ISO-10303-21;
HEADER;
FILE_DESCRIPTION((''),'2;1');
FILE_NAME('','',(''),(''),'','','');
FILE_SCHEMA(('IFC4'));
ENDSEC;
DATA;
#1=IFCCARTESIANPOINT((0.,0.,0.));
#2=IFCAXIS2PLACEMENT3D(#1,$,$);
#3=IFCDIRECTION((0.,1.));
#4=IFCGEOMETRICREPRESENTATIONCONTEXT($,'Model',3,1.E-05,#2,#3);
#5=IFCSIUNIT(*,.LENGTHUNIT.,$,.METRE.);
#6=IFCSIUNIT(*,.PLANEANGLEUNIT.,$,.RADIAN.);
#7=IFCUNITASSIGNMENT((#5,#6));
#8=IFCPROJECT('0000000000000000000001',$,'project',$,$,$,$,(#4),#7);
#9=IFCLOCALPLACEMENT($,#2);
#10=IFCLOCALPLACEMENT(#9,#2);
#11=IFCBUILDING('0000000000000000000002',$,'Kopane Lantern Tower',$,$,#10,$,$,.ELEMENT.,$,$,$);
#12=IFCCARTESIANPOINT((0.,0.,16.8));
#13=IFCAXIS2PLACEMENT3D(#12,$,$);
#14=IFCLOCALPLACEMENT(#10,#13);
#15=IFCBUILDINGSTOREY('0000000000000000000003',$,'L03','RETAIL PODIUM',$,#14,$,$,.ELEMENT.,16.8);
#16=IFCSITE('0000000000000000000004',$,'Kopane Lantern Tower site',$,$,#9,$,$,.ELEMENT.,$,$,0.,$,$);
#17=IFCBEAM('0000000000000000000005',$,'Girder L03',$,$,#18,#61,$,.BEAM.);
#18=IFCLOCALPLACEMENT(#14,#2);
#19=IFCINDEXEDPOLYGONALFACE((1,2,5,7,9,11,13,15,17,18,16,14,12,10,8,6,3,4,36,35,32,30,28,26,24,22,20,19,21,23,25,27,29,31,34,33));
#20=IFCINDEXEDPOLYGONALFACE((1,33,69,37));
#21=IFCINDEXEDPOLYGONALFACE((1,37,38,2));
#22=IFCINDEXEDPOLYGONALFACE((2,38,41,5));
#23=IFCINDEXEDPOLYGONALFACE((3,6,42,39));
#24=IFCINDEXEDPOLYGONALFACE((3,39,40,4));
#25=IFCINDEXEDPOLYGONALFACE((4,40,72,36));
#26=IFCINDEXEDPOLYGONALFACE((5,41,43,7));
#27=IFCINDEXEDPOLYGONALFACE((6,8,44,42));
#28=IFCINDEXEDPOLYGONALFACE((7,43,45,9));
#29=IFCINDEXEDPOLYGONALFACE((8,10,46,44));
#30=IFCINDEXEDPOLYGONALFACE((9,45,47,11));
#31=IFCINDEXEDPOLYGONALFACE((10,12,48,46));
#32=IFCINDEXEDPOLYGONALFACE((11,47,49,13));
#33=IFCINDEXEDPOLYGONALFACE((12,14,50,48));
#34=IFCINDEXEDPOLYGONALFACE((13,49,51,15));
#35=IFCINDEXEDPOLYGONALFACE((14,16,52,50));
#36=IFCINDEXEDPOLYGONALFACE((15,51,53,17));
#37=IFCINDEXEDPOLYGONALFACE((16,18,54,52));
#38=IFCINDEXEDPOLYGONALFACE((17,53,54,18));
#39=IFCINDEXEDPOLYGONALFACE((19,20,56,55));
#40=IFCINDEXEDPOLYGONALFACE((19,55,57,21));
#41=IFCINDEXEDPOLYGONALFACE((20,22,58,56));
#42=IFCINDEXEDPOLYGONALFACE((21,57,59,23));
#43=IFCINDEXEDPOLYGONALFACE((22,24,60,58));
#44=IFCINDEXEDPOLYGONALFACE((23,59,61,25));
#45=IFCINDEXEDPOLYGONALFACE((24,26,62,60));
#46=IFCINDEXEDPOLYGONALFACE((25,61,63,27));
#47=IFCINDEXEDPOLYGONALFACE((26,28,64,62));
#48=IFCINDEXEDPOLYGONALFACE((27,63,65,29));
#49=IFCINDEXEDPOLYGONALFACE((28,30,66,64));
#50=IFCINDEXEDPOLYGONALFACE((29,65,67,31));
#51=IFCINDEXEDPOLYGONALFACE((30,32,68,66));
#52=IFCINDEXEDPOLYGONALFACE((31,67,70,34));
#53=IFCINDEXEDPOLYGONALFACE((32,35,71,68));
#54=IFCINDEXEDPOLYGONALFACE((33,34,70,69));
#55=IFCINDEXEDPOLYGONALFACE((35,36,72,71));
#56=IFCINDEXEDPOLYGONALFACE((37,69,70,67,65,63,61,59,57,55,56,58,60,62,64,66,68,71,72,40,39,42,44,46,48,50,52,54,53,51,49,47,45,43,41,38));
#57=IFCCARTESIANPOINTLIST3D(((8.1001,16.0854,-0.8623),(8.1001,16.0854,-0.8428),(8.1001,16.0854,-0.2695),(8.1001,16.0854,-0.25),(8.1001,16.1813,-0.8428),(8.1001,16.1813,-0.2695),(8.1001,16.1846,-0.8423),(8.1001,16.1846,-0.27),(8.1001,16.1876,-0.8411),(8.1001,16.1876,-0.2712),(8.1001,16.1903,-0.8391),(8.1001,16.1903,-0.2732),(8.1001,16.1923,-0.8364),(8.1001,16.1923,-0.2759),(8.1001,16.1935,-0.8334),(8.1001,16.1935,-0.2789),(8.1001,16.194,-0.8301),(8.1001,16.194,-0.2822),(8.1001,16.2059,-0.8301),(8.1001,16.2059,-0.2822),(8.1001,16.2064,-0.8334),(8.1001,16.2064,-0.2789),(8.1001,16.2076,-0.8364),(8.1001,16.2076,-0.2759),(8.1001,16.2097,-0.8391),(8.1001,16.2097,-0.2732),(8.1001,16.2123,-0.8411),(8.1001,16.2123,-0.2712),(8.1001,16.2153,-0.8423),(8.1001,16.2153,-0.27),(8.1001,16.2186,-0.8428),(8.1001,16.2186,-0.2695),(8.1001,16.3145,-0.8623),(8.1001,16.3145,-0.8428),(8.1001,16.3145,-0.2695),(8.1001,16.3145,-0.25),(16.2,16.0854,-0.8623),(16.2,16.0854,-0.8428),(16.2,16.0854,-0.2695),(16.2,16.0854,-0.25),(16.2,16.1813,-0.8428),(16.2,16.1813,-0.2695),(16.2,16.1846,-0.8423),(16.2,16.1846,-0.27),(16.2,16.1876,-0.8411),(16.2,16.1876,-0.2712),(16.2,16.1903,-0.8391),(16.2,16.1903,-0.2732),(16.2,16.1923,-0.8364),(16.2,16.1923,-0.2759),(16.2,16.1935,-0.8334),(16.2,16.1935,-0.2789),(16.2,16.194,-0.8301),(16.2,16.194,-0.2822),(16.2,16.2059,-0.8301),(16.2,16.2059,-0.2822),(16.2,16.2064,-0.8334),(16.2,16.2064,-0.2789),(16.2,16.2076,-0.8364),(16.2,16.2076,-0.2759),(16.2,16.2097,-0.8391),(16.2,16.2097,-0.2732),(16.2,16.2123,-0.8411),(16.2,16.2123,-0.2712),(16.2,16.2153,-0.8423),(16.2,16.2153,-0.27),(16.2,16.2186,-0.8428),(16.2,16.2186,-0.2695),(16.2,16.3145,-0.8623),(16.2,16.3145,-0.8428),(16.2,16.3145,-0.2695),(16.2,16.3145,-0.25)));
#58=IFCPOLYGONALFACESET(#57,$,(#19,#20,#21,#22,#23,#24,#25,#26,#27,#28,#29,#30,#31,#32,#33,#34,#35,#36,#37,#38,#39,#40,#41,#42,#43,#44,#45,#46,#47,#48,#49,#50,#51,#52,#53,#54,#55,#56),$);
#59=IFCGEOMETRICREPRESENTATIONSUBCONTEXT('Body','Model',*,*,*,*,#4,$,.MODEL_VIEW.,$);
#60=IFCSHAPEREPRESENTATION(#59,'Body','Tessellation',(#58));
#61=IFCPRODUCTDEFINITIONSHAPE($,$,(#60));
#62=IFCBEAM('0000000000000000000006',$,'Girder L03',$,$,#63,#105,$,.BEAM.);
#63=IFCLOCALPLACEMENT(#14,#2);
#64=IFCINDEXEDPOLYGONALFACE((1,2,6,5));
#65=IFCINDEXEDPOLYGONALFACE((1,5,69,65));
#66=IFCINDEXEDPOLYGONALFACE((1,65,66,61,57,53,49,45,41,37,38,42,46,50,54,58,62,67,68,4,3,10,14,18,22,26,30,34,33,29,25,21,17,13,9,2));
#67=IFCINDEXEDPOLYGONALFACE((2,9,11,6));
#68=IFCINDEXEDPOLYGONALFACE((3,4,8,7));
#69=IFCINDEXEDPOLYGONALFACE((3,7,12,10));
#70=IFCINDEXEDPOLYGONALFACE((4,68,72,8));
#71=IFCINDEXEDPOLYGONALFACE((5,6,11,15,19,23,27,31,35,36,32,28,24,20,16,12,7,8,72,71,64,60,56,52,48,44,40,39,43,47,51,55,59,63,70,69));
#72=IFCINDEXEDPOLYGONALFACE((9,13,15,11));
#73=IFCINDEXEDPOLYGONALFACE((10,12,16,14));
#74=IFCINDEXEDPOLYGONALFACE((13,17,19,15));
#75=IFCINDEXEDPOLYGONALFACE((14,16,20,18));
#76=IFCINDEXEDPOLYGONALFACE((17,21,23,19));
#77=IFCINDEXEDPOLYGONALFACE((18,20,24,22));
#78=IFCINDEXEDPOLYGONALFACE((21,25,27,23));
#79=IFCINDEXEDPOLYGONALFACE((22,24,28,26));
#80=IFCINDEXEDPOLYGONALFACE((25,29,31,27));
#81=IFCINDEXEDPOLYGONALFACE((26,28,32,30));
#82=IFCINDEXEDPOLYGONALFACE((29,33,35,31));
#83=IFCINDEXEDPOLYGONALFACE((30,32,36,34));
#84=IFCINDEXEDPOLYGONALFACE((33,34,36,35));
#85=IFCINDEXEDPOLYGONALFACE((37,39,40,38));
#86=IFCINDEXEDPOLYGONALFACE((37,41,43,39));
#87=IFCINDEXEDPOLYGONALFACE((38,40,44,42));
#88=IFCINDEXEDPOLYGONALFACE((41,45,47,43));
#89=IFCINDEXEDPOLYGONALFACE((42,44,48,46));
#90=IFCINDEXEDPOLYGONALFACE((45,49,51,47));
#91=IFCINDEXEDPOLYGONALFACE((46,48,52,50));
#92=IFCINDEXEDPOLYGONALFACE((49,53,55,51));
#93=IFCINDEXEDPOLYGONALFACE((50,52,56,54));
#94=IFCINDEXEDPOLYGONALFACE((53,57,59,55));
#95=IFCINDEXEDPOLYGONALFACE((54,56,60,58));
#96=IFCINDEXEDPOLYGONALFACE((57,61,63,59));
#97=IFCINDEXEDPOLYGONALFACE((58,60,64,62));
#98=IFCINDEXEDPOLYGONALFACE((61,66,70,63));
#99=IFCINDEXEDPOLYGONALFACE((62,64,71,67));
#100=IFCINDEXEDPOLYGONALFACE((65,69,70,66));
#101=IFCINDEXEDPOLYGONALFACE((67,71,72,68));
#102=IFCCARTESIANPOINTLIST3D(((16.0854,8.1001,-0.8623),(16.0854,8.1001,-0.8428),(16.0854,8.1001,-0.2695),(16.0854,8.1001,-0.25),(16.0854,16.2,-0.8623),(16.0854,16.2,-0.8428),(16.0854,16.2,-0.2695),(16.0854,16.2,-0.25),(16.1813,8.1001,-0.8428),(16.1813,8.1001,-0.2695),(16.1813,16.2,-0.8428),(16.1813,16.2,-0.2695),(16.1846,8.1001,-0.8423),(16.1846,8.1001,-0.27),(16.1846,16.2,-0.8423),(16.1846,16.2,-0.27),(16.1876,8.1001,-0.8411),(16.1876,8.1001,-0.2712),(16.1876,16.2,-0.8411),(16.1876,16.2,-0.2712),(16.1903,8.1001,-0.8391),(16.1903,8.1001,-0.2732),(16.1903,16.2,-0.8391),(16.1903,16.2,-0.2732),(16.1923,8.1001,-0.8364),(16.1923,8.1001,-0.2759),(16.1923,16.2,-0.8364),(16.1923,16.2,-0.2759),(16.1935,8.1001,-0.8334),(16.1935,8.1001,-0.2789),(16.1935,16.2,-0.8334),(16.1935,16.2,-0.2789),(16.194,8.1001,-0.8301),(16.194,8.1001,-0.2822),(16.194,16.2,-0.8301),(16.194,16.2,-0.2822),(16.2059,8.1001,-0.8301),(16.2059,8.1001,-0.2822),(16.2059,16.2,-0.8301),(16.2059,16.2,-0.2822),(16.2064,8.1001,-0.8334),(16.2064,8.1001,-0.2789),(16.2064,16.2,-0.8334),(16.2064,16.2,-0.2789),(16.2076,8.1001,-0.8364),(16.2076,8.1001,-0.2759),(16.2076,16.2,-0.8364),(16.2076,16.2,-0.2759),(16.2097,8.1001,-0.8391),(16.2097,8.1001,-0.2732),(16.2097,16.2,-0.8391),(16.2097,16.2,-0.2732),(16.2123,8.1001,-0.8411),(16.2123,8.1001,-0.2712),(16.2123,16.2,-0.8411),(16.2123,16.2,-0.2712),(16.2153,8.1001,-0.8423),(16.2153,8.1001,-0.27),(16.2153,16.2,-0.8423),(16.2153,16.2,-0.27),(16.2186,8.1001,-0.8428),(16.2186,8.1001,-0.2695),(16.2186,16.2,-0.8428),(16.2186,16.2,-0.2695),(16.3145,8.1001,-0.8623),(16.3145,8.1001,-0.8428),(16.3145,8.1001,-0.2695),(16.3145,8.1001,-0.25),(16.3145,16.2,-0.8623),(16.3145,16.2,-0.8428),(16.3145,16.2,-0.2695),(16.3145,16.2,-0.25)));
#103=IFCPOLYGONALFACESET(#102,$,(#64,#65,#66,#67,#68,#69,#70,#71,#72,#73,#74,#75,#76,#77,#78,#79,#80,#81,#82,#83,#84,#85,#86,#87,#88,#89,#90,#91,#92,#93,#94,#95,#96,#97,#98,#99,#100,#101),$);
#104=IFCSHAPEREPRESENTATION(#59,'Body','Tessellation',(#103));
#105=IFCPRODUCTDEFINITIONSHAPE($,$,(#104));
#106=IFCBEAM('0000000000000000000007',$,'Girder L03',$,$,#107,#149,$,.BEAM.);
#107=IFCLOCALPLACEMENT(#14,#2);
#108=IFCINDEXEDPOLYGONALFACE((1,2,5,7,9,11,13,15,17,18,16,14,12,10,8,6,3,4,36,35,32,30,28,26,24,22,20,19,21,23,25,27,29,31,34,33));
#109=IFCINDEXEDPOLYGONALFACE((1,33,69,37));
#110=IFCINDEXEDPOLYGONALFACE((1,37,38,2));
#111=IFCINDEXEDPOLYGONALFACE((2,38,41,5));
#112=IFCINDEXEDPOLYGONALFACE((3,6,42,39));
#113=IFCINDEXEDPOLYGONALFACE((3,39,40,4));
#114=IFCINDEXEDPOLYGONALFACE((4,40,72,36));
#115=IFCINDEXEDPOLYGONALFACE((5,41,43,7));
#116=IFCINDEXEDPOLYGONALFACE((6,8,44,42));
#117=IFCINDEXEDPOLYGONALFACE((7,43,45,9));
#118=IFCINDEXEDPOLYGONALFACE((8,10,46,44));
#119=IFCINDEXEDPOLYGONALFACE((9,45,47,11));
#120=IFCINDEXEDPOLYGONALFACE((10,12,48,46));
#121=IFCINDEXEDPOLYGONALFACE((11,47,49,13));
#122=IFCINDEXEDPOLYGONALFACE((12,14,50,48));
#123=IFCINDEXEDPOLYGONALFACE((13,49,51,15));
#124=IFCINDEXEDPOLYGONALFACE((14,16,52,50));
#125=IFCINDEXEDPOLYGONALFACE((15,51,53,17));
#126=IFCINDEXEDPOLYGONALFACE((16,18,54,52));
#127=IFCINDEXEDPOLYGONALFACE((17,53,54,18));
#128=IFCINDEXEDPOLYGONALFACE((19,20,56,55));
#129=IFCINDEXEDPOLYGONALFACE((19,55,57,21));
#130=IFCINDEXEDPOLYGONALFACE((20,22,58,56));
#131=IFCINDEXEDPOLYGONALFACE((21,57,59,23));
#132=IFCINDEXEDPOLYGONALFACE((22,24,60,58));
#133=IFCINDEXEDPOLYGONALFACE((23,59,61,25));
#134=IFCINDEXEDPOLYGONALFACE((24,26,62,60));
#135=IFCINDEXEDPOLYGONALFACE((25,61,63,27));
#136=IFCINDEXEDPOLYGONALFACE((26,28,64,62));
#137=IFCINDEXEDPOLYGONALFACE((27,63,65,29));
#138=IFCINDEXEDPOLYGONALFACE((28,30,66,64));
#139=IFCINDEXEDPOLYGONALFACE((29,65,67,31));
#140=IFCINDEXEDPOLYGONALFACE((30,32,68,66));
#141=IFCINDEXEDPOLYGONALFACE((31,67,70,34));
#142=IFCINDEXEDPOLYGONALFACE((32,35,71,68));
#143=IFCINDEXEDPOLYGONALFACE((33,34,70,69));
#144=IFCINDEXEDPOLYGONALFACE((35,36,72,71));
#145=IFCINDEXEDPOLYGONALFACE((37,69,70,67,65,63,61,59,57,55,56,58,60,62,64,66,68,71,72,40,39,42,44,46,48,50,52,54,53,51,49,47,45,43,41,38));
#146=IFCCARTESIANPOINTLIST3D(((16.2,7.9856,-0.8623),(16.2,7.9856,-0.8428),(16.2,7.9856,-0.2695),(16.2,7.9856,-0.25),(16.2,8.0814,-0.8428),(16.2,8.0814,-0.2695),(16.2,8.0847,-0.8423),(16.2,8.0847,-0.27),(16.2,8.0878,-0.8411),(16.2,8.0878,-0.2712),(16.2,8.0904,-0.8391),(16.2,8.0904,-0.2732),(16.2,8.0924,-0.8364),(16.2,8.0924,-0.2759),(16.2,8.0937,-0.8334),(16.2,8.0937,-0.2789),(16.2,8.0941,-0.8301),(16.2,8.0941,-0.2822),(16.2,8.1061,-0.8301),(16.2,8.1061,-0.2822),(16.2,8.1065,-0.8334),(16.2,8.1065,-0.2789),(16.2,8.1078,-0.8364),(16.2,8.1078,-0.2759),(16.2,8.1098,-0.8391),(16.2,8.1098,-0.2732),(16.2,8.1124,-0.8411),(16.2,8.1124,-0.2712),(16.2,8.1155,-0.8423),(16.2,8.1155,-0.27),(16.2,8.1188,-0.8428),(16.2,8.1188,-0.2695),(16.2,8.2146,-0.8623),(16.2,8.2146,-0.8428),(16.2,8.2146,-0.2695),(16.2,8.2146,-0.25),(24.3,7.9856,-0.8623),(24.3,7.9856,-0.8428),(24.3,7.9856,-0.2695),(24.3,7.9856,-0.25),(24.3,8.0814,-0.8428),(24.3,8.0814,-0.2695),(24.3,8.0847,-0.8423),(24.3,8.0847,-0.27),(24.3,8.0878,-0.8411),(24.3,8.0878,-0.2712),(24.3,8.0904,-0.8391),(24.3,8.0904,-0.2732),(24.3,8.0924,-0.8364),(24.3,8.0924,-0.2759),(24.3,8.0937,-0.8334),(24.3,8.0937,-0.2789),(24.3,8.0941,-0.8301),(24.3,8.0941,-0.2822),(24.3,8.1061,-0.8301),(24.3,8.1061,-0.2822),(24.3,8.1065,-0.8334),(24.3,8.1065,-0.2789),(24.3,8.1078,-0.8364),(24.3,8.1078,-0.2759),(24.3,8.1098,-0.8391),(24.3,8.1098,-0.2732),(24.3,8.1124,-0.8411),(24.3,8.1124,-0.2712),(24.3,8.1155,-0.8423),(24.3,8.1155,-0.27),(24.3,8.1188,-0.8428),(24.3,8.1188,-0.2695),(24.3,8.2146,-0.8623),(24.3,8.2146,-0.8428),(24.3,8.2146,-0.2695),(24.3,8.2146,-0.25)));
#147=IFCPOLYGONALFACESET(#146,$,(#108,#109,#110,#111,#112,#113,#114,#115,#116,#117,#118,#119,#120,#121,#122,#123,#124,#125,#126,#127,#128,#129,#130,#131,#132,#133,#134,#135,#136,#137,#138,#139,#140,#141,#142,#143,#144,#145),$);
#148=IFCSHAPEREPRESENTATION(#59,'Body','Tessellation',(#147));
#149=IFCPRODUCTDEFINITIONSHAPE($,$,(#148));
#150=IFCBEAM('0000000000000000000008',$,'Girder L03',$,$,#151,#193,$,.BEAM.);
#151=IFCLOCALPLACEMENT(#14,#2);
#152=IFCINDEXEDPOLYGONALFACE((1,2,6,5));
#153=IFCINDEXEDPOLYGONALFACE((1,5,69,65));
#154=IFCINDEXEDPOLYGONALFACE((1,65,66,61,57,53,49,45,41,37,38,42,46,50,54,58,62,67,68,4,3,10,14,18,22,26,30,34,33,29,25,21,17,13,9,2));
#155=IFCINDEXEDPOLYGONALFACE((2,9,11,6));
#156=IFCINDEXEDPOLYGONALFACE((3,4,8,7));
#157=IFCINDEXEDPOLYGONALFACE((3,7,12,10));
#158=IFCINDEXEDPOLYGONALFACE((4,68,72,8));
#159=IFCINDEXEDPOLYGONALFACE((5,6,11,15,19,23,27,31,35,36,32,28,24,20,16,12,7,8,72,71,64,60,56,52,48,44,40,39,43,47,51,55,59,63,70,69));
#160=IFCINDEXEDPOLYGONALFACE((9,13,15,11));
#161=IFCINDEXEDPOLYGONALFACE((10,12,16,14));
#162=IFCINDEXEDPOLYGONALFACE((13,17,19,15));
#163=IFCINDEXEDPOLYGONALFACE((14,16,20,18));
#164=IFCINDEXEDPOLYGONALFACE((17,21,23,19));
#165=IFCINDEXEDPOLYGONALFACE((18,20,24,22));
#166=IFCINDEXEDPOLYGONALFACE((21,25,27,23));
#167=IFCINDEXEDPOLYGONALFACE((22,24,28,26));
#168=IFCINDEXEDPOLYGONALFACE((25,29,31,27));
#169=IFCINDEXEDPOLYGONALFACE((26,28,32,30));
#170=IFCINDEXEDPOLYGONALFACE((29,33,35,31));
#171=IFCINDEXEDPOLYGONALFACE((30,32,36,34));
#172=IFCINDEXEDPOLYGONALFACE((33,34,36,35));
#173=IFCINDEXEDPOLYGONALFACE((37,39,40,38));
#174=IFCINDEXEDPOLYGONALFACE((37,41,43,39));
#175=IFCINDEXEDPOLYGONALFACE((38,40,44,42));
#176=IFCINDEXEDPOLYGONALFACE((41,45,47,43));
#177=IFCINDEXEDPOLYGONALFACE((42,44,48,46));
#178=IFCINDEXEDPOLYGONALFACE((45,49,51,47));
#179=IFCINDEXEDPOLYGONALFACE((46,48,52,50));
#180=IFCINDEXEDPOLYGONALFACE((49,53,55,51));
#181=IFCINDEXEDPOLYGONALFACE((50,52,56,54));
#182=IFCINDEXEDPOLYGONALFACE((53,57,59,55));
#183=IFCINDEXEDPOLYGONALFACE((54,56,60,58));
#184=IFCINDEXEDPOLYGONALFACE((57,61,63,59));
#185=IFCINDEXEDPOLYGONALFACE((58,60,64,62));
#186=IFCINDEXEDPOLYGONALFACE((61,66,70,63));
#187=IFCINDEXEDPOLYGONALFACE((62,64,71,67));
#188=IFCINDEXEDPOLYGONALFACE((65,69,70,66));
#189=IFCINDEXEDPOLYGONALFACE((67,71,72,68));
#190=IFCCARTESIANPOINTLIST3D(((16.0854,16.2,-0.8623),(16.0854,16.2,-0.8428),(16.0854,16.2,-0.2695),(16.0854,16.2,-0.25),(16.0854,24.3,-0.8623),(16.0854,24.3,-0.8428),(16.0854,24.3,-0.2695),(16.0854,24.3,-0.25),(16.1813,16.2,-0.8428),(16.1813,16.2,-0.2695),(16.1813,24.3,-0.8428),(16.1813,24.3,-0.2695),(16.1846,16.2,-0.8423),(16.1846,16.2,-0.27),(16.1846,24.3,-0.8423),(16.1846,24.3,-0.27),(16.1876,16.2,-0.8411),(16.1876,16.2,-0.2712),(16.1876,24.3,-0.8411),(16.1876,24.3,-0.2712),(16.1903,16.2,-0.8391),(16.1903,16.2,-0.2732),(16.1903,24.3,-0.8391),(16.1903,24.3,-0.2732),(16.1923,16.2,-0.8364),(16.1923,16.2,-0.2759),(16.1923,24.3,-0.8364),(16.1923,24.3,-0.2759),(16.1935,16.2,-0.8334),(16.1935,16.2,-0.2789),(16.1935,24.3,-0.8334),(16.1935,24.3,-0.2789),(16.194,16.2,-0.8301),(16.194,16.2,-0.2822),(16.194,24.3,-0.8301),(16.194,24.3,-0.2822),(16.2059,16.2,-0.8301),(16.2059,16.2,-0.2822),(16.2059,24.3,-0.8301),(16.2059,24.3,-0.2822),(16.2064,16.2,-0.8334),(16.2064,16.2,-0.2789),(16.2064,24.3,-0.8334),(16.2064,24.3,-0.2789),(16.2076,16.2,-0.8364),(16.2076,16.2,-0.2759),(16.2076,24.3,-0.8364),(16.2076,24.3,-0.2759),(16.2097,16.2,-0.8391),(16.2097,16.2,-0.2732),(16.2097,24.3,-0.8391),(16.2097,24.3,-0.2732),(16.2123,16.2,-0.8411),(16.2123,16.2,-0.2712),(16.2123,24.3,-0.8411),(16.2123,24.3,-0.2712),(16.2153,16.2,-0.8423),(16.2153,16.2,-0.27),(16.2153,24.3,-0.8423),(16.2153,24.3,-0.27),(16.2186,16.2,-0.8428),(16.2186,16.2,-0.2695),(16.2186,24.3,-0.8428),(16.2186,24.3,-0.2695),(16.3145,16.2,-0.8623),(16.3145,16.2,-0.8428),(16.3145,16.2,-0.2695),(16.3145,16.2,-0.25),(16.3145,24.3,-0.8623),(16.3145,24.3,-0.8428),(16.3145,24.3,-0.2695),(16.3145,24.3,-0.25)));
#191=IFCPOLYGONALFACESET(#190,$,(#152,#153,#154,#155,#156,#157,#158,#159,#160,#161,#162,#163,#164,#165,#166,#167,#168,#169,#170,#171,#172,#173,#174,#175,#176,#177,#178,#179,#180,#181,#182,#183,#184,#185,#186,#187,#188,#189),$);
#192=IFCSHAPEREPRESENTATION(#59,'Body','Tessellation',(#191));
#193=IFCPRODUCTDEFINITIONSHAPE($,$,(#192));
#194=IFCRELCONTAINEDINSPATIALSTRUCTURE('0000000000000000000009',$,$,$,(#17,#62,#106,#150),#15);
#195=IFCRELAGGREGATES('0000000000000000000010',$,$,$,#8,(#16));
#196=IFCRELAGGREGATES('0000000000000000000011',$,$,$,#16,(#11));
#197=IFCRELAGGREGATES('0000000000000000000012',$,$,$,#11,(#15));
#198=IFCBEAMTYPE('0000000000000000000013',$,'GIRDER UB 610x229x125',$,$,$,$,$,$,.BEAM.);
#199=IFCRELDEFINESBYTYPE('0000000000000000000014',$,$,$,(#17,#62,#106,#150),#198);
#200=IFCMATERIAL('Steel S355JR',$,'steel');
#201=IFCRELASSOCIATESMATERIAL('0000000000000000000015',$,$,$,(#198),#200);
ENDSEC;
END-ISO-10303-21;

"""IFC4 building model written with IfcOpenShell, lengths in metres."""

from ifc_helpers import new_model, si_unit, direction, frame, origin, origin_2d, place, context, subcontext, project, spatial, i_section, extrude, material, material_profile, profile_set, type_object, element, save


model = new_model("IFC4")

# Units and contexts
model_context = context("Model", 3, precision=1e-05, world=origin(), true_north=direction((0.0, 1.0)))
body_context = subcontext(model_context, "Body", "Model", "MODEL_VIEW")
ifc_project = project(units=[si_unit("LENGTHUNIT", "METRE"), si_unit("PLANEANGLEUNIT", "RADIAN")], contexts=[model_context])

# Site, building, storey
site_placement = place(None, origin())
site = spatial("IfcSite", under=ifc_project, at=site_placement, Name="Kopane Lantern Tower site", CompositionType="ELEMENT", RefElevation=0.0)
building_placement = place(site_placement, origin())
building = spatial("IfcBuilding", under=site, at=building_placement, Name="Kopane Lantern Tower", CompositionType="ELEMENT")
storey_placement = place(building_placement, frame((0.0, 0.0, 16.8)))
storey = spatial("IfcBuildingStorey", under=building, at=storey_placement, Name="L03", Description="RETAIL PODIUM", CompositionType="ELEMENT", Elevation=16.8)

# Beams
ifc_material_1 = material(Name="Steel S355JR", Category="steel")
ifc_material_profile_1 = material_profile(ifc_material_1, i_section(OverallWidth=0.229, OverallDepth=0.6123, WebThickness=0.012, FlangeThickness=0.0195, FilletRadius=0.0127, at=origin_2d()), Name="UB 610x229x125")
ifc_profile_set_1 = profile_set([ifc_material_profile_1], Name="Steel S355JR")
beam_type = type_object("IfcBeamType", Name="GIRDER UB 610x229x125", PredefinedType="BEAM", material=ifc_profile_set_1)
for number, where, z_axis, x_axis, name in (
    (1, (8.1001, 16.2, -0.5562), (1.0, 0.0, 0.0), (0.0, 1.0, 0.0), "Girder L03"),
    (2, (16.2, 8.1001, -0.5562), (0.0, 1.0, 0.0), (-1.0, 0.0, 0.0), "Girder L03"),
):
    element("IfcBeam", number, at=place(storey_placement, frame(where, z_axis=z_axis, x_axis=x_axis)), inside=storey, type_object=beam_type, Name=name, PredefinedType="BEAM", context=body_context, shape_type="SweptSolid", body=[
        extrude(i_section(OverallWidth=0.229, OverallDepth=0.6123, WebThickness=0.012, FlangeThickness=0.0195, FilletRadius=0.0127, at=origin_2d()), origin(), (0.0, 0.0, 1.0), 8.0999),
    ])
for number, where, z_axis, x_axis, name in (
    (3, (16.2, 8.1001, -0.5562), (1.0, 0.0, 0.0), (0.0, 1.0, 0.0), "Girder L03"),
    (4, (16.2, 16.2, -0.5562), (0.0, 1.0, 0.0), (-1.0, 0.0, 0.0), "Girder L03"),
):
    element("IfcBeam", number, at=place(storey_placement, frame(where, z_axis=z_axis, x_axis=x_axis)), inside=storey, type_object=beam_type, Name=name, PredefinedType="BEAM", context=body_context, shape_type="SweptSolid", body=[
        extrude(i_section(OverallWidth=0.229, OverallDepth=0.6123, WebThickness=0.012, FlangeThickness=0.0195, FilletRadius=0.0127, at=origin_2d()), origin(), (0.0, 0.0, 1.0), 8.1001),
    ])

save(model, "model.ifc")
